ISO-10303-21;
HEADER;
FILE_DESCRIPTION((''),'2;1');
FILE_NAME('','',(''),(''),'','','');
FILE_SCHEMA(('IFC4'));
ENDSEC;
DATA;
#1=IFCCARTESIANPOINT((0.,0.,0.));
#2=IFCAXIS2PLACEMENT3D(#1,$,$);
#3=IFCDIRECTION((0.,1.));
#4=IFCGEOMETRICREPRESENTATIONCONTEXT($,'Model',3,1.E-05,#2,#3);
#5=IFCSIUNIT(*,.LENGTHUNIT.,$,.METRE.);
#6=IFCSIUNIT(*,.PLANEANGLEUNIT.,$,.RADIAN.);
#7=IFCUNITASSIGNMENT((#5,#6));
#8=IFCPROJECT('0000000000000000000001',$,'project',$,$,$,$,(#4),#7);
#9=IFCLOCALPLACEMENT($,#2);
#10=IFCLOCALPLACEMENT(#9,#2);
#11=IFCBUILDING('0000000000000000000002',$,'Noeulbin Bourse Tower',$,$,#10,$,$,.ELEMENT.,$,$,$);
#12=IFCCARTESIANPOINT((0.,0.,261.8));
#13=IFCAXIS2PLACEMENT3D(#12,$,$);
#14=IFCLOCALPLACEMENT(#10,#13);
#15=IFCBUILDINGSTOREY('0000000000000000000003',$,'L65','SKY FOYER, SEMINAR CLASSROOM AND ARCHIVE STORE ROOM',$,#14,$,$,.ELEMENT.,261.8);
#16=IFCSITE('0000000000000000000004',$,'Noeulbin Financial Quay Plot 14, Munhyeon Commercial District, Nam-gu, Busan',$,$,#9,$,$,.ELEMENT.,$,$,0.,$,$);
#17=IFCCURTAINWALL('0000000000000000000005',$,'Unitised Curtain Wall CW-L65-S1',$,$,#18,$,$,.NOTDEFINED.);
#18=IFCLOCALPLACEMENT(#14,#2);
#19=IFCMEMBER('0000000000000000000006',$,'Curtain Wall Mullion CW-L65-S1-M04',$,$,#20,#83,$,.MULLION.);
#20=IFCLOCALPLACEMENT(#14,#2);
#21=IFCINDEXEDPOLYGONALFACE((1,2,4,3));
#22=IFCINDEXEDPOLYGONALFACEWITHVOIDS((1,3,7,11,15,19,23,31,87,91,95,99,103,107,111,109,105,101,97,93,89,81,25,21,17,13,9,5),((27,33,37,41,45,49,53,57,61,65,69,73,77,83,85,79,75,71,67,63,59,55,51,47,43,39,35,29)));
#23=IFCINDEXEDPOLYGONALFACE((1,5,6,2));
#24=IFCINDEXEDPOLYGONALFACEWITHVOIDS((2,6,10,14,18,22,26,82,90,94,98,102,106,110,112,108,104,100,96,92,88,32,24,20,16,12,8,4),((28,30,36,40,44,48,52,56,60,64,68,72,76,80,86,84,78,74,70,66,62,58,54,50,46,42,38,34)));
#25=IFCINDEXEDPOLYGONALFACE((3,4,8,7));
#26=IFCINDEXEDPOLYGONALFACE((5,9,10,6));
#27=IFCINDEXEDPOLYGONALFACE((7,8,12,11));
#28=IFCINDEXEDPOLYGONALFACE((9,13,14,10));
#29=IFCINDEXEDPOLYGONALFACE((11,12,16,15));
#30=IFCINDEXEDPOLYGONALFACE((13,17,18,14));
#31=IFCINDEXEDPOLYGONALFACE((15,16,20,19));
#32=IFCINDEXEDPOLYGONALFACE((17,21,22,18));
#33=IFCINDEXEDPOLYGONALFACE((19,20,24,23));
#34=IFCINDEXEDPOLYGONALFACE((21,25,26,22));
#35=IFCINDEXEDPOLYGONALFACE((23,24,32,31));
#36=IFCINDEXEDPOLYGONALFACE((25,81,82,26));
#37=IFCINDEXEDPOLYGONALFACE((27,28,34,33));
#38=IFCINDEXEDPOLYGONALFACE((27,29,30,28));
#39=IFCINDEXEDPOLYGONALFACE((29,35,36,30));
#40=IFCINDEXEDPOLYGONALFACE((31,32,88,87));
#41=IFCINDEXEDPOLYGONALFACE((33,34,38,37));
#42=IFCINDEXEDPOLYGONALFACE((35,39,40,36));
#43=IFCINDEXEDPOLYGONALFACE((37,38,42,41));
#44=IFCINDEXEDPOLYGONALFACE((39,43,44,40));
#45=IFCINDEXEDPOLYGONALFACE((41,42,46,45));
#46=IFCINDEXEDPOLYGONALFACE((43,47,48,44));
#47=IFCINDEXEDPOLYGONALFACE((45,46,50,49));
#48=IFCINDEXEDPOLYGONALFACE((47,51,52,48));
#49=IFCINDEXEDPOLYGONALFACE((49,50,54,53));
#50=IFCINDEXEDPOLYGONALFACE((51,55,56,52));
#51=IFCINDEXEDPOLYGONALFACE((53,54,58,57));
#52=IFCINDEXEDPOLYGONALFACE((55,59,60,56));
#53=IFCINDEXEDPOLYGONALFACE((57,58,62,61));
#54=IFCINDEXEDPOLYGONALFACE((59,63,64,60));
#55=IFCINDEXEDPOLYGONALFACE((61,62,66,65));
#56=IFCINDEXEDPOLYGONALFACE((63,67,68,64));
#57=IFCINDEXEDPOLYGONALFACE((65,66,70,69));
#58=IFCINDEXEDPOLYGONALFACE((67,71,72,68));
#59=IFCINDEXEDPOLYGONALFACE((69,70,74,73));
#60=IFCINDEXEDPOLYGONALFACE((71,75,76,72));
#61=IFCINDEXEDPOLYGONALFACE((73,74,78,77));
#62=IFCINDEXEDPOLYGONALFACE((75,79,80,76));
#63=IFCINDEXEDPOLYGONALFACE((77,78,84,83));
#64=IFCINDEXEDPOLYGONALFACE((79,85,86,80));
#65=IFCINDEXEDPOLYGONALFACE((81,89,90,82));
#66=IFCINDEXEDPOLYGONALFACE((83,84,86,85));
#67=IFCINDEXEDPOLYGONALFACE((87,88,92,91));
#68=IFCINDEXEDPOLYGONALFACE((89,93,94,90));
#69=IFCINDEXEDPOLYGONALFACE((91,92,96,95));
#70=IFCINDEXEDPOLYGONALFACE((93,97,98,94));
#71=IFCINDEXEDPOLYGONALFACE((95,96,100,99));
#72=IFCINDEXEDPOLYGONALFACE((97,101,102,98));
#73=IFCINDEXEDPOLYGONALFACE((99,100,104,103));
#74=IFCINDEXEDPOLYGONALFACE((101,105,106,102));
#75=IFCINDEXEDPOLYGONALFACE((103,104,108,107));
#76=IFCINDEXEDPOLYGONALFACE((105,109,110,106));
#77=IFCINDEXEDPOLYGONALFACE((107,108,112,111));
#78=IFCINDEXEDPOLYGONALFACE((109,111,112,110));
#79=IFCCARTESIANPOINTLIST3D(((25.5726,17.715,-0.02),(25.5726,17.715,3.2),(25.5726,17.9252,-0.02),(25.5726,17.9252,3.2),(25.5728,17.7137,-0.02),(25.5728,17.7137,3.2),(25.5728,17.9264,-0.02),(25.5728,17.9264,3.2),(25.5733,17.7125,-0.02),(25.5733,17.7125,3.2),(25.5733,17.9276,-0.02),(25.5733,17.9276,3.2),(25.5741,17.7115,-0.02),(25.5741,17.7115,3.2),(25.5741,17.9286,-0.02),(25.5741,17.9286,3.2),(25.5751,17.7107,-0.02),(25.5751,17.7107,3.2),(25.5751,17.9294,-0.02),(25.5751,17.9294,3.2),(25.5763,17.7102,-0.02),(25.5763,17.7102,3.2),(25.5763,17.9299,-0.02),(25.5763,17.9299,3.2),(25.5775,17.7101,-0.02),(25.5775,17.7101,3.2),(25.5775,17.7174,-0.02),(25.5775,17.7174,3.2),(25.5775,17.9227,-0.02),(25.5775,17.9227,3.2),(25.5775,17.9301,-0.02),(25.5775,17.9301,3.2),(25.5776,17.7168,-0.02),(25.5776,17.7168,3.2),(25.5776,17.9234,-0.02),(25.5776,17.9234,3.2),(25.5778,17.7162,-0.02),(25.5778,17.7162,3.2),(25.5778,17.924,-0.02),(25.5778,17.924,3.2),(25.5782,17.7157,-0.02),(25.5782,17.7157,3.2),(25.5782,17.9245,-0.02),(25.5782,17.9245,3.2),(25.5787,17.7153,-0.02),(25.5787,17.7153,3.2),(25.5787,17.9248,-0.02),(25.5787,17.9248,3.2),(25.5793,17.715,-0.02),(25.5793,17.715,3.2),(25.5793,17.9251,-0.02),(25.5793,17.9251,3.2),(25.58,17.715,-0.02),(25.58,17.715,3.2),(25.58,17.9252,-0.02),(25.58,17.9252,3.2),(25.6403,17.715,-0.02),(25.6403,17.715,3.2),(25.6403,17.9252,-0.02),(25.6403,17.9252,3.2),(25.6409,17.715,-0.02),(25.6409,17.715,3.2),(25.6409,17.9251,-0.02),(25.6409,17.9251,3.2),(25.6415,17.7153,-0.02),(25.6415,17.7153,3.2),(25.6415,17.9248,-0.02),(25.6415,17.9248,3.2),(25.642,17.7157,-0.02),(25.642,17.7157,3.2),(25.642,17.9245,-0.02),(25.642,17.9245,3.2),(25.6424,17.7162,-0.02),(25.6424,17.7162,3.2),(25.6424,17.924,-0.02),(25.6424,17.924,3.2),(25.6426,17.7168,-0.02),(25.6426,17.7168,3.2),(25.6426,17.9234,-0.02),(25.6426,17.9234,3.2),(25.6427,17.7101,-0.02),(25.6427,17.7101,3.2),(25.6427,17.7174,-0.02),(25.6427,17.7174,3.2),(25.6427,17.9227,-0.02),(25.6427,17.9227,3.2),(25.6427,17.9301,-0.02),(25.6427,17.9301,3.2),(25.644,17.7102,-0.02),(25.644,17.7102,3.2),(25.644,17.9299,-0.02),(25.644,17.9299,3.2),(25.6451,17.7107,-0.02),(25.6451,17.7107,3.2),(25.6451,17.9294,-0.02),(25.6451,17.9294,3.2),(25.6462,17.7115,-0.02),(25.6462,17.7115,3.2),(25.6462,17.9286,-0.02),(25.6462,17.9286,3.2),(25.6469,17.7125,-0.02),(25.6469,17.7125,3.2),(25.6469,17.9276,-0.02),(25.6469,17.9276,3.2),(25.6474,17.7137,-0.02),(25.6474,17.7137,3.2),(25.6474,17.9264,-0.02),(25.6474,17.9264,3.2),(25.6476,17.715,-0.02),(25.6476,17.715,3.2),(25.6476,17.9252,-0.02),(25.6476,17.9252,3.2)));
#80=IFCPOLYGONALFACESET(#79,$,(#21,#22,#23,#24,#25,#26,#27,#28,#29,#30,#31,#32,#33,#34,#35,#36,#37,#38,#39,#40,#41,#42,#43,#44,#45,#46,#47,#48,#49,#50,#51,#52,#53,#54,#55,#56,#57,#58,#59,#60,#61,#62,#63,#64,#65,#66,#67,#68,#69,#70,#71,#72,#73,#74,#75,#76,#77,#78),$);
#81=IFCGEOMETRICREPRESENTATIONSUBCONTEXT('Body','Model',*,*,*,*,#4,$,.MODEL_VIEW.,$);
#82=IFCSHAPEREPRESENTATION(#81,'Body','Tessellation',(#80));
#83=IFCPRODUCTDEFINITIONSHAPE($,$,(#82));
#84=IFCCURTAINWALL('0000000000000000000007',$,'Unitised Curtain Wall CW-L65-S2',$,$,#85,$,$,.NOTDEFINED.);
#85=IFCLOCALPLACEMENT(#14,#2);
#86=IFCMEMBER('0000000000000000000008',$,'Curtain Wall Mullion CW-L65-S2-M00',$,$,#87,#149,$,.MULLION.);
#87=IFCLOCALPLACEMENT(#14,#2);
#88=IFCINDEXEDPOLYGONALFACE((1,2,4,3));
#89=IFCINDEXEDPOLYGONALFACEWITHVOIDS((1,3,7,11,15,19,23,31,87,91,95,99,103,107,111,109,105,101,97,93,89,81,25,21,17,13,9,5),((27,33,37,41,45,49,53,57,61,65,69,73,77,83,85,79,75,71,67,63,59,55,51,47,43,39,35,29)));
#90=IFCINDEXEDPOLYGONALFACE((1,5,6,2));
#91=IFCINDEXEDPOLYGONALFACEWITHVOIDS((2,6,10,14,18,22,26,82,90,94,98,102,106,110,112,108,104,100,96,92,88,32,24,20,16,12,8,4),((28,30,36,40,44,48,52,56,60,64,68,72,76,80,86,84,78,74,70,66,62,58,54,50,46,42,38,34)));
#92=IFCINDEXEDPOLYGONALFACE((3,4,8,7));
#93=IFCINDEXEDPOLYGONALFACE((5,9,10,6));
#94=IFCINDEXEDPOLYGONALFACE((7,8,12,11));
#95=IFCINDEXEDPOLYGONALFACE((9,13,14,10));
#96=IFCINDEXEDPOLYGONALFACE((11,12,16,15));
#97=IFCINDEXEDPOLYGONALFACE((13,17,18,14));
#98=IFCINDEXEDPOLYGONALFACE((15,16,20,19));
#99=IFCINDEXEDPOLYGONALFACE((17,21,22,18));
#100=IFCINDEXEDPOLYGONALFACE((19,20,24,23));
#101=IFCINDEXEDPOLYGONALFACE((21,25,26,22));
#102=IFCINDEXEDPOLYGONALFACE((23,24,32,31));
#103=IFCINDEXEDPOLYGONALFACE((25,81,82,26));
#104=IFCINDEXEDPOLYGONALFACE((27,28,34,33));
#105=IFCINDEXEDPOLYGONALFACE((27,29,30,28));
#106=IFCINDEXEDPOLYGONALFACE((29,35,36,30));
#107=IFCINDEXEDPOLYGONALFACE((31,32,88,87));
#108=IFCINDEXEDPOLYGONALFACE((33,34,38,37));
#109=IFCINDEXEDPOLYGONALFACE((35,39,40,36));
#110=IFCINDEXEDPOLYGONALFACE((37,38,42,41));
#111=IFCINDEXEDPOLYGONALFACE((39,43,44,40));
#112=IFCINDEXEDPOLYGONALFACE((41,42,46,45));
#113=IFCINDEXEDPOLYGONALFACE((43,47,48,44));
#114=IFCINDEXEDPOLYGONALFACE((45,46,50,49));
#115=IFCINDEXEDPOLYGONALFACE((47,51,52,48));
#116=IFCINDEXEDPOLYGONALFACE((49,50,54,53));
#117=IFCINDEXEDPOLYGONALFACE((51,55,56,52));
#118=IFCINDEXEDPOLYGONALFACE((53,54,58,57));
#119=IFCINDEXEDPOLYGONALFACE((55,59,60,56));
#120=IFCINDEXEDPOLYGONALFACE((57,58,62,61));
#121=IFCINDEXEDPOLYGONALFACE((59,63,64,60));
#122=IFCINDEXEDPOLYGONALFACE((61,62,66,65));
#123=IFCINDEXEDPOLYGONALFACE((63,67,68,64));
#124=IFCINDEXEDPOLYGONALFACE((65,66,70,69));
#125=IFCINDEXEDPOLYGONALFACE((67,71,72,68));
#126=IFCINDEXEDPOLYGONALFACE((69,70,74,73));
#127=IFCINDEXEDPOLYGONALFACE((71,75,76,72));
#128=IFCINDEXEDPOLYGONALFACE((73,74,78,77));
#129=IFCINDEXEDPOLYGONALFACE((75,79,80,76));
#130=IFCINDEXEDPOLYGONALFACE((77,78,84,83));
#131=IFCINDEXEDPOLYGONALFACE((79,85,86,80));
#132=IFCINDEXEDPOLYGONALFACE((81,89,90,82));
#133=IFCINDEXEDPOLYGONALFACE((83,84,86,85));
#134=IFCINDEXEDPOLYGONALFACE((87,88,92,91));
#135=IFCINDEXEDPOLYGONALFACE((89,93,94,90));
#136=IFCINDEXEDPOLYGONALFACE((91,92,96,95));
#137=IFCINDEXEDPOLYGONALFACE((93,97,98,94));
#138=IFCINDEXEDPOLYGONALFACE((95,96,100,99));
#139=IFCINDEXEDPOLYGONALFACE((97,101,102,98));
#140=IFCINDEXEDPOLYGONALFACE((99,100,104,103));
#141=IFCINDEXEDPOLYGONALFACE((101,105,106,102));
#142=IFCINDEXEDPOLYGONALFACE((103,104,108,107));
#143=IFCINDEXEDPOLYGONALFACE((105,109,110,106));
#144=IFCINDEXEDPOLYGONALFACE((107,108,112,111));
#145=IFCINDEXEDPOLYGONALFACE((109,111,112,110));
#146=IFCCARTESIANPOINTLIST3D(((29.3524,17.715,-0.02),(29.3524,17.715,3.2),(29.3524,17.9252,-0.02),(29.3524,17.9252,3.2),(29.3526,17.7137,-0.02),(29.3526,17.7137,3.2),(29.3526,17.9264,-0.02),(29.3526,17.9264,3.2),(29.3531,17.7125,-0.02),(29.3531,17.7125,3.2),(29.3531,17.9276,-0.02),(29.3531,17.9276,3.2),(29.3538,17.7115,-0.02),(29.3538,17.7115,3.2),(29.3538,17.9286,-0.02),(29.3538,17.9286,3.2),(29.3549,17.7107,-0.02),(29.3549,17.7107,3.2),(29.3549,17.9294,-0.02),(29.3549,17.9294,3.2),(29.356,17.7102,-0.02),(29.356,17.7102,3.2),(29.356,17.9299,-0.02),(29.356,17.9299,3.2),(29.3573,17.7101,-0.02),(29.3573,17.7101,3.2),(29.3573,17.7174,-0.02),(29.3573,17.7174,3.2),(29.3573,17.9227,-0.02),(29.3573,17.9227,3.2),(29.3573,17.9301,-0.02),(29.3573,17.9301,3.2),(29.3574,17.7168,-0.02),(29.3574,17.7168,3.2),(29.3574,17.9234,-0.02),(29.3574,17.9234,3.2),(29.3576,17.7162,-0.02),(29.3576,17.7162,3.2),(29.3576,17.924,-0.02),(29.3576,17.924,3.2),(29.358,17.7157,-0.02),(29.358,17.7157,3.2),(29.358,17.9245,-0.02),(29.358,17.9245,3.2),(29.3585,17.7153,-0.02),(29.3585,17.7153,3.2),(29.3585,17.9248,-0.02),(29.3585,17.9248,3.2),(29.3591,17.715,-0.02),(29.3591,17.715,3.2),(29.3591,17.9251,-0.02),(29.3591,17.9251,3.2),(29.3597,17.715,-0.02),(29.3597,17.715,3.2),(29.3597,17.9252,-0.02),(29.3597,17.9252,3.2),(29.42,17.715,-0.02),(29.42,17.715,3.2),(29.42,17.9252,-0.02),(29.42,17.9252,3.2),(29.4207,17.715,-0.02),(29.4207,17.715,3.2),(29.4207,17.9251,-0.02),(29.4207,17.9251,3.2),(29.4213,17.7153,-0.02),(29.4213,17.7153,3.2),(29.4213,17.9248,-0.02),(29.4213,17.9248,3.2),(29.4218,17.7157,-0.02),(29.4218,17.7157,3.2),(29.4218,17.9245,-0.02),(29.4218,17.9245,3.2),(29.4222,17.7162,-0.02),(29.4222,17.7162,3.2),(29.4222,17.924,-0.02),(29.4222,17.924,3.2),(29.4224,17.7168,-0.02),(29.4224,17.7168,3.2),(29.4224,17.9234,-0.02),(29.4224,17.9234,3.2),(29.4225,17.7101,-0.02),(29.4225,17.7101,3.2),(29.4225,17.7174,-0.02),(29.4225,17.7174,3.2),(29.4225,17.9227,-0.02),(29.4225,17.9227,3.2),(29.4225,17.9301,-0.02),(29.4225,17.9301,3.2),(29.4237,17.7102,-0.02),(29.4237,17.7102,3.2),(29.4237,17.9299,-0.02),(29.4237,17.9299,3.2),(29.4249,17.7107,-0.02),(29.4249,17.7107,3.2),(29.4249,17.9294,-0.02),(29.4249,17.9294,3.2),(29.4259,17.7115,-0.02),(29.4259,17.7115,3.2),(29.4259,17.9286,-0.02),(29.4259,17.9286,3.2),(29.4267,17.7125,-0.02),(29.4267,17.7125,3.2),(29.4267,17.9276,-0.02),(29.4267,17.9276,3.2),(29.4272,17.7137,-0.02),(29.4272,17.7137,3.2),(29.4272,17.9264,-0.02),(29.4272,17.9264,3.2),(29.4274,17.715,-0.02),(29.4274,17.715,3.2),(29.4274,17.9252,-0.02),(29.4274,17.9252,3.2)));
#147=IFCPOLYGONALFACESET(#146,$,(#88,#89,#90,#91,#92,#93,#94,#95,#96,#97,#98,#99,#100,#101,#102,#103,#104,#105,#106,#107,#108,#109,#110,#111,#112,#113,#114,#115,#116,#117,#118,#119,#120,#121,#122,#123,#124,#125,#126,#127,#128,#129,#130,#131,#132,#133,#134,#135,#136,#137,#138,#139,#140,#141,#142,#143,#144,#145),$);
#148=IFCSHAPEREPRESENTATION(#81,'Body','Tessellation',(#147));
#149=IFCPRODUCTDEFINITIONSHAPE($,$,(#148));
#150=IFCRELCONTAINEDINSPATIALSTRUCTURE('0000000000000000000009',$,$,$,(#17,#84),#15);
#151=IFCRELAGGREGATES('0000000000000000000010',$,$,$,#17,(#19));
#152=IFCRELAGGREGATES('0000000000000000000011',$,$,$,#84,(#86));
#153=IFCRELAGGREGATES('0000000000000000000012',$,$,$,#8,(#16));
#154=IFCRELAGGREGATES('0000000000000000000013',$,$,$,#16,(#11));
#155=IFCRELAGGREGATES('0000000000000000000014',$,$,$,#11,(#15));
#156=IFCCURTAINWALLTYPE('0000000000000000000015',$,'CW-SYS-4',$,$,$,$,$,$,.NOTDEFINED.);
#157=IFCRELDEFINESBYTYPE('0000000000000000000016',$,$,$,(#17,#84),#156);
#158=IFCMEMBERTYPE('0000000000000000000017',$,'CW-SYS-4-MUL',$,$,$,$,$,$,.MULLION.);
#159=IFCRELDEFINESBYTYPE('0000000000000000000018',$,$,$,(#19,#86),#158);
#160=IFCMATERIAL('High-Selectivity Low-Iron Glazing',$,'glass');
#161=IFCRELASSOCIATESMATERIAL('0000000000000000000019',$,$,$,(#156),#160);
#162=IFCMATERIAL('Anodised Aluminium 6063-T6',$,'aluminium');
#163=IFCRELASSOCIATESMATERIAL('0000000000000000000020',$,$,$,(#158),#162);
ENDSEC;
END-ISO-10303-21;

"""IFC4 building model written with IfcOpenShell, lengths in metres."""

from ifc_helpers import new_model, si_unit, direction, frame, origin, origin_2d, place, context, subcontext, project, spatial, hollow_rectangle, extrude, material, material_profile, profile_set, type_object, element, aggregate, save


model = new_model("IFC4")

# Units and contexts
model_context = context("Model", 3, precision=1e-05, world=origin(), true_north=direction((0.0, 1.0)))
body_context = subcontext(model_context, "Body", "Model", "MODEL_VIEW")
ifc_project = project(units=[si_unit("LENGTHUNIT", "METRE"), si_unit("PLANEANGLEUNIT", "RADIAN")], contexts=[model_context])

# Site, building, storey
site_placement = place(None, origin())
site = spatial("IfcSite", under=ifc_project, at=site_placement, Name="Noeulbin Financial Quay Plot 14, Munhyeon Commercial District, Nam-gu, Busan", CompositionType="ELEMENT", RefElevation=0.0)
building_placement = place(site_placement, origin())
building = spatial("IfcBuilding", under=site, at=building_placement, Name="Noeulbin Bourse Tower", CompositionType="ELEMENT")
storey_placement = place(building_placement, frame((0.0, 0.0, 261.8)))
storey = spatial("IfcBuildingStorey", under=building, at=storey_placement, Name="L65", Description="SKY FOYER, SEMINAR CLASSROOM AND ARCHIVE STORE ROOM", CompositionType="ELEMENT", Elevation=261.8)

# Shared definitions
ifc_material_1 = material(Name="High-Selectivity Low-Iron Glazing", Category="glass")
curtain_wall_type = type_object("IfcCurtainWallType", Name="CW-SYS-4", PredefinedType="NOTDEFINED", material=ifc_material_1)
ifc_material_2 = material(Name="Anodised Aluminium 6063-T6", Category="aluminium")
ifc_material_profile_1 = material_profile(ifc_material_2, hollow_rectangle(XDim=0.075, YDim=0.22, WallThickness=0.0049, InnerFilletRadius=0.0024, OuterFilletRadius=0.0049, at=origin_2d()), Name="ALU-MULL-75x220x5", Category="LoadBearing")
ifc_profile_set_1 = profile_set([ifc_material_profile_1], Name="Anodised Aluminium 6063-T6")
member_type_1 = type_object("IfcMemberType", Name="CW-SYS-4-MUL", PredefinedType="MULLION", material=ifc_profile_set_1)

# Curtain wall, member
curtain_wall_1_placement = place(storey_placement, origin())
curtain_wall_1 = element("IfcCurtainWall", 1, at=curtain_wall_1_placement, inside=storey, type_object=curtain_wall_type, Name="Unitised Curtain Wall CW-L65-S1", PredefinedType="NOTDEFINED")
member_1_placement = place(storey_placement, frame((25.6101, 17.8201, -0.02), z_axis=(0.0, 0.0, 1.0), x_axis=(1.0, 0.0, 0.0)))
member_1 = element("IfcMember", 2, at=member_1_placement, type_object=member_type_1, Name="Curtain Wall Mullion CW-L65-S1-M04", PredefinedType="MULLION", context=body_context, shape_type="SweptSolid", body=[
    extrude(hollow_rectangle(XDim=0.075, YDim=0.22, WallThickness=0.0049, InnerFilletRadius=0.0024, OuterFilletRadius=0.0049, at=origin_2d()), origin(), (0.0, 0.0, 1.0), 3.22),
])
aggregate(curtain_wall_1, [member_1])

# Curtain wall, member
curtain_wall_2_placement = place(storey_placement, origin())
curtain_wall_2 = element("IfcCurtainWall", 3, at=curtain_wall_2_placement, inside=storey, type_object=curtain_wall_type, Name="Unitised Curtain Wall CW-L65-S2", PredefinedType="NOTDEFINED")
member_2_placement = place(storey_placement, frame((29.3899, 17.8201, -0.02), z_axis=(0.0, 0.0, 1.0), x_axis=(1.0, 0.0, 0.0)))
member_2 = element("IfcMember", 4, at=member_2_placement, type_object=member_type_1, Name="Curtain Wall Mullion CW-L65-S2-M00", PredefinedType="MULLION", context=body_context, shape_type="SweptSolid", body=[
    extrude(hollow_rectangle(XDim=0.075, YDim=0.22, WallThickness=0.0049, InnerFilletRadius=0.0024, OuterFilletRadius=0.0049, at=origin_2d()), origin(), (0.0, 0.0, 1.0), 3.22),
])

aggregate(curtain_wall_2, [member_2])

save(model, "model.ifc")
